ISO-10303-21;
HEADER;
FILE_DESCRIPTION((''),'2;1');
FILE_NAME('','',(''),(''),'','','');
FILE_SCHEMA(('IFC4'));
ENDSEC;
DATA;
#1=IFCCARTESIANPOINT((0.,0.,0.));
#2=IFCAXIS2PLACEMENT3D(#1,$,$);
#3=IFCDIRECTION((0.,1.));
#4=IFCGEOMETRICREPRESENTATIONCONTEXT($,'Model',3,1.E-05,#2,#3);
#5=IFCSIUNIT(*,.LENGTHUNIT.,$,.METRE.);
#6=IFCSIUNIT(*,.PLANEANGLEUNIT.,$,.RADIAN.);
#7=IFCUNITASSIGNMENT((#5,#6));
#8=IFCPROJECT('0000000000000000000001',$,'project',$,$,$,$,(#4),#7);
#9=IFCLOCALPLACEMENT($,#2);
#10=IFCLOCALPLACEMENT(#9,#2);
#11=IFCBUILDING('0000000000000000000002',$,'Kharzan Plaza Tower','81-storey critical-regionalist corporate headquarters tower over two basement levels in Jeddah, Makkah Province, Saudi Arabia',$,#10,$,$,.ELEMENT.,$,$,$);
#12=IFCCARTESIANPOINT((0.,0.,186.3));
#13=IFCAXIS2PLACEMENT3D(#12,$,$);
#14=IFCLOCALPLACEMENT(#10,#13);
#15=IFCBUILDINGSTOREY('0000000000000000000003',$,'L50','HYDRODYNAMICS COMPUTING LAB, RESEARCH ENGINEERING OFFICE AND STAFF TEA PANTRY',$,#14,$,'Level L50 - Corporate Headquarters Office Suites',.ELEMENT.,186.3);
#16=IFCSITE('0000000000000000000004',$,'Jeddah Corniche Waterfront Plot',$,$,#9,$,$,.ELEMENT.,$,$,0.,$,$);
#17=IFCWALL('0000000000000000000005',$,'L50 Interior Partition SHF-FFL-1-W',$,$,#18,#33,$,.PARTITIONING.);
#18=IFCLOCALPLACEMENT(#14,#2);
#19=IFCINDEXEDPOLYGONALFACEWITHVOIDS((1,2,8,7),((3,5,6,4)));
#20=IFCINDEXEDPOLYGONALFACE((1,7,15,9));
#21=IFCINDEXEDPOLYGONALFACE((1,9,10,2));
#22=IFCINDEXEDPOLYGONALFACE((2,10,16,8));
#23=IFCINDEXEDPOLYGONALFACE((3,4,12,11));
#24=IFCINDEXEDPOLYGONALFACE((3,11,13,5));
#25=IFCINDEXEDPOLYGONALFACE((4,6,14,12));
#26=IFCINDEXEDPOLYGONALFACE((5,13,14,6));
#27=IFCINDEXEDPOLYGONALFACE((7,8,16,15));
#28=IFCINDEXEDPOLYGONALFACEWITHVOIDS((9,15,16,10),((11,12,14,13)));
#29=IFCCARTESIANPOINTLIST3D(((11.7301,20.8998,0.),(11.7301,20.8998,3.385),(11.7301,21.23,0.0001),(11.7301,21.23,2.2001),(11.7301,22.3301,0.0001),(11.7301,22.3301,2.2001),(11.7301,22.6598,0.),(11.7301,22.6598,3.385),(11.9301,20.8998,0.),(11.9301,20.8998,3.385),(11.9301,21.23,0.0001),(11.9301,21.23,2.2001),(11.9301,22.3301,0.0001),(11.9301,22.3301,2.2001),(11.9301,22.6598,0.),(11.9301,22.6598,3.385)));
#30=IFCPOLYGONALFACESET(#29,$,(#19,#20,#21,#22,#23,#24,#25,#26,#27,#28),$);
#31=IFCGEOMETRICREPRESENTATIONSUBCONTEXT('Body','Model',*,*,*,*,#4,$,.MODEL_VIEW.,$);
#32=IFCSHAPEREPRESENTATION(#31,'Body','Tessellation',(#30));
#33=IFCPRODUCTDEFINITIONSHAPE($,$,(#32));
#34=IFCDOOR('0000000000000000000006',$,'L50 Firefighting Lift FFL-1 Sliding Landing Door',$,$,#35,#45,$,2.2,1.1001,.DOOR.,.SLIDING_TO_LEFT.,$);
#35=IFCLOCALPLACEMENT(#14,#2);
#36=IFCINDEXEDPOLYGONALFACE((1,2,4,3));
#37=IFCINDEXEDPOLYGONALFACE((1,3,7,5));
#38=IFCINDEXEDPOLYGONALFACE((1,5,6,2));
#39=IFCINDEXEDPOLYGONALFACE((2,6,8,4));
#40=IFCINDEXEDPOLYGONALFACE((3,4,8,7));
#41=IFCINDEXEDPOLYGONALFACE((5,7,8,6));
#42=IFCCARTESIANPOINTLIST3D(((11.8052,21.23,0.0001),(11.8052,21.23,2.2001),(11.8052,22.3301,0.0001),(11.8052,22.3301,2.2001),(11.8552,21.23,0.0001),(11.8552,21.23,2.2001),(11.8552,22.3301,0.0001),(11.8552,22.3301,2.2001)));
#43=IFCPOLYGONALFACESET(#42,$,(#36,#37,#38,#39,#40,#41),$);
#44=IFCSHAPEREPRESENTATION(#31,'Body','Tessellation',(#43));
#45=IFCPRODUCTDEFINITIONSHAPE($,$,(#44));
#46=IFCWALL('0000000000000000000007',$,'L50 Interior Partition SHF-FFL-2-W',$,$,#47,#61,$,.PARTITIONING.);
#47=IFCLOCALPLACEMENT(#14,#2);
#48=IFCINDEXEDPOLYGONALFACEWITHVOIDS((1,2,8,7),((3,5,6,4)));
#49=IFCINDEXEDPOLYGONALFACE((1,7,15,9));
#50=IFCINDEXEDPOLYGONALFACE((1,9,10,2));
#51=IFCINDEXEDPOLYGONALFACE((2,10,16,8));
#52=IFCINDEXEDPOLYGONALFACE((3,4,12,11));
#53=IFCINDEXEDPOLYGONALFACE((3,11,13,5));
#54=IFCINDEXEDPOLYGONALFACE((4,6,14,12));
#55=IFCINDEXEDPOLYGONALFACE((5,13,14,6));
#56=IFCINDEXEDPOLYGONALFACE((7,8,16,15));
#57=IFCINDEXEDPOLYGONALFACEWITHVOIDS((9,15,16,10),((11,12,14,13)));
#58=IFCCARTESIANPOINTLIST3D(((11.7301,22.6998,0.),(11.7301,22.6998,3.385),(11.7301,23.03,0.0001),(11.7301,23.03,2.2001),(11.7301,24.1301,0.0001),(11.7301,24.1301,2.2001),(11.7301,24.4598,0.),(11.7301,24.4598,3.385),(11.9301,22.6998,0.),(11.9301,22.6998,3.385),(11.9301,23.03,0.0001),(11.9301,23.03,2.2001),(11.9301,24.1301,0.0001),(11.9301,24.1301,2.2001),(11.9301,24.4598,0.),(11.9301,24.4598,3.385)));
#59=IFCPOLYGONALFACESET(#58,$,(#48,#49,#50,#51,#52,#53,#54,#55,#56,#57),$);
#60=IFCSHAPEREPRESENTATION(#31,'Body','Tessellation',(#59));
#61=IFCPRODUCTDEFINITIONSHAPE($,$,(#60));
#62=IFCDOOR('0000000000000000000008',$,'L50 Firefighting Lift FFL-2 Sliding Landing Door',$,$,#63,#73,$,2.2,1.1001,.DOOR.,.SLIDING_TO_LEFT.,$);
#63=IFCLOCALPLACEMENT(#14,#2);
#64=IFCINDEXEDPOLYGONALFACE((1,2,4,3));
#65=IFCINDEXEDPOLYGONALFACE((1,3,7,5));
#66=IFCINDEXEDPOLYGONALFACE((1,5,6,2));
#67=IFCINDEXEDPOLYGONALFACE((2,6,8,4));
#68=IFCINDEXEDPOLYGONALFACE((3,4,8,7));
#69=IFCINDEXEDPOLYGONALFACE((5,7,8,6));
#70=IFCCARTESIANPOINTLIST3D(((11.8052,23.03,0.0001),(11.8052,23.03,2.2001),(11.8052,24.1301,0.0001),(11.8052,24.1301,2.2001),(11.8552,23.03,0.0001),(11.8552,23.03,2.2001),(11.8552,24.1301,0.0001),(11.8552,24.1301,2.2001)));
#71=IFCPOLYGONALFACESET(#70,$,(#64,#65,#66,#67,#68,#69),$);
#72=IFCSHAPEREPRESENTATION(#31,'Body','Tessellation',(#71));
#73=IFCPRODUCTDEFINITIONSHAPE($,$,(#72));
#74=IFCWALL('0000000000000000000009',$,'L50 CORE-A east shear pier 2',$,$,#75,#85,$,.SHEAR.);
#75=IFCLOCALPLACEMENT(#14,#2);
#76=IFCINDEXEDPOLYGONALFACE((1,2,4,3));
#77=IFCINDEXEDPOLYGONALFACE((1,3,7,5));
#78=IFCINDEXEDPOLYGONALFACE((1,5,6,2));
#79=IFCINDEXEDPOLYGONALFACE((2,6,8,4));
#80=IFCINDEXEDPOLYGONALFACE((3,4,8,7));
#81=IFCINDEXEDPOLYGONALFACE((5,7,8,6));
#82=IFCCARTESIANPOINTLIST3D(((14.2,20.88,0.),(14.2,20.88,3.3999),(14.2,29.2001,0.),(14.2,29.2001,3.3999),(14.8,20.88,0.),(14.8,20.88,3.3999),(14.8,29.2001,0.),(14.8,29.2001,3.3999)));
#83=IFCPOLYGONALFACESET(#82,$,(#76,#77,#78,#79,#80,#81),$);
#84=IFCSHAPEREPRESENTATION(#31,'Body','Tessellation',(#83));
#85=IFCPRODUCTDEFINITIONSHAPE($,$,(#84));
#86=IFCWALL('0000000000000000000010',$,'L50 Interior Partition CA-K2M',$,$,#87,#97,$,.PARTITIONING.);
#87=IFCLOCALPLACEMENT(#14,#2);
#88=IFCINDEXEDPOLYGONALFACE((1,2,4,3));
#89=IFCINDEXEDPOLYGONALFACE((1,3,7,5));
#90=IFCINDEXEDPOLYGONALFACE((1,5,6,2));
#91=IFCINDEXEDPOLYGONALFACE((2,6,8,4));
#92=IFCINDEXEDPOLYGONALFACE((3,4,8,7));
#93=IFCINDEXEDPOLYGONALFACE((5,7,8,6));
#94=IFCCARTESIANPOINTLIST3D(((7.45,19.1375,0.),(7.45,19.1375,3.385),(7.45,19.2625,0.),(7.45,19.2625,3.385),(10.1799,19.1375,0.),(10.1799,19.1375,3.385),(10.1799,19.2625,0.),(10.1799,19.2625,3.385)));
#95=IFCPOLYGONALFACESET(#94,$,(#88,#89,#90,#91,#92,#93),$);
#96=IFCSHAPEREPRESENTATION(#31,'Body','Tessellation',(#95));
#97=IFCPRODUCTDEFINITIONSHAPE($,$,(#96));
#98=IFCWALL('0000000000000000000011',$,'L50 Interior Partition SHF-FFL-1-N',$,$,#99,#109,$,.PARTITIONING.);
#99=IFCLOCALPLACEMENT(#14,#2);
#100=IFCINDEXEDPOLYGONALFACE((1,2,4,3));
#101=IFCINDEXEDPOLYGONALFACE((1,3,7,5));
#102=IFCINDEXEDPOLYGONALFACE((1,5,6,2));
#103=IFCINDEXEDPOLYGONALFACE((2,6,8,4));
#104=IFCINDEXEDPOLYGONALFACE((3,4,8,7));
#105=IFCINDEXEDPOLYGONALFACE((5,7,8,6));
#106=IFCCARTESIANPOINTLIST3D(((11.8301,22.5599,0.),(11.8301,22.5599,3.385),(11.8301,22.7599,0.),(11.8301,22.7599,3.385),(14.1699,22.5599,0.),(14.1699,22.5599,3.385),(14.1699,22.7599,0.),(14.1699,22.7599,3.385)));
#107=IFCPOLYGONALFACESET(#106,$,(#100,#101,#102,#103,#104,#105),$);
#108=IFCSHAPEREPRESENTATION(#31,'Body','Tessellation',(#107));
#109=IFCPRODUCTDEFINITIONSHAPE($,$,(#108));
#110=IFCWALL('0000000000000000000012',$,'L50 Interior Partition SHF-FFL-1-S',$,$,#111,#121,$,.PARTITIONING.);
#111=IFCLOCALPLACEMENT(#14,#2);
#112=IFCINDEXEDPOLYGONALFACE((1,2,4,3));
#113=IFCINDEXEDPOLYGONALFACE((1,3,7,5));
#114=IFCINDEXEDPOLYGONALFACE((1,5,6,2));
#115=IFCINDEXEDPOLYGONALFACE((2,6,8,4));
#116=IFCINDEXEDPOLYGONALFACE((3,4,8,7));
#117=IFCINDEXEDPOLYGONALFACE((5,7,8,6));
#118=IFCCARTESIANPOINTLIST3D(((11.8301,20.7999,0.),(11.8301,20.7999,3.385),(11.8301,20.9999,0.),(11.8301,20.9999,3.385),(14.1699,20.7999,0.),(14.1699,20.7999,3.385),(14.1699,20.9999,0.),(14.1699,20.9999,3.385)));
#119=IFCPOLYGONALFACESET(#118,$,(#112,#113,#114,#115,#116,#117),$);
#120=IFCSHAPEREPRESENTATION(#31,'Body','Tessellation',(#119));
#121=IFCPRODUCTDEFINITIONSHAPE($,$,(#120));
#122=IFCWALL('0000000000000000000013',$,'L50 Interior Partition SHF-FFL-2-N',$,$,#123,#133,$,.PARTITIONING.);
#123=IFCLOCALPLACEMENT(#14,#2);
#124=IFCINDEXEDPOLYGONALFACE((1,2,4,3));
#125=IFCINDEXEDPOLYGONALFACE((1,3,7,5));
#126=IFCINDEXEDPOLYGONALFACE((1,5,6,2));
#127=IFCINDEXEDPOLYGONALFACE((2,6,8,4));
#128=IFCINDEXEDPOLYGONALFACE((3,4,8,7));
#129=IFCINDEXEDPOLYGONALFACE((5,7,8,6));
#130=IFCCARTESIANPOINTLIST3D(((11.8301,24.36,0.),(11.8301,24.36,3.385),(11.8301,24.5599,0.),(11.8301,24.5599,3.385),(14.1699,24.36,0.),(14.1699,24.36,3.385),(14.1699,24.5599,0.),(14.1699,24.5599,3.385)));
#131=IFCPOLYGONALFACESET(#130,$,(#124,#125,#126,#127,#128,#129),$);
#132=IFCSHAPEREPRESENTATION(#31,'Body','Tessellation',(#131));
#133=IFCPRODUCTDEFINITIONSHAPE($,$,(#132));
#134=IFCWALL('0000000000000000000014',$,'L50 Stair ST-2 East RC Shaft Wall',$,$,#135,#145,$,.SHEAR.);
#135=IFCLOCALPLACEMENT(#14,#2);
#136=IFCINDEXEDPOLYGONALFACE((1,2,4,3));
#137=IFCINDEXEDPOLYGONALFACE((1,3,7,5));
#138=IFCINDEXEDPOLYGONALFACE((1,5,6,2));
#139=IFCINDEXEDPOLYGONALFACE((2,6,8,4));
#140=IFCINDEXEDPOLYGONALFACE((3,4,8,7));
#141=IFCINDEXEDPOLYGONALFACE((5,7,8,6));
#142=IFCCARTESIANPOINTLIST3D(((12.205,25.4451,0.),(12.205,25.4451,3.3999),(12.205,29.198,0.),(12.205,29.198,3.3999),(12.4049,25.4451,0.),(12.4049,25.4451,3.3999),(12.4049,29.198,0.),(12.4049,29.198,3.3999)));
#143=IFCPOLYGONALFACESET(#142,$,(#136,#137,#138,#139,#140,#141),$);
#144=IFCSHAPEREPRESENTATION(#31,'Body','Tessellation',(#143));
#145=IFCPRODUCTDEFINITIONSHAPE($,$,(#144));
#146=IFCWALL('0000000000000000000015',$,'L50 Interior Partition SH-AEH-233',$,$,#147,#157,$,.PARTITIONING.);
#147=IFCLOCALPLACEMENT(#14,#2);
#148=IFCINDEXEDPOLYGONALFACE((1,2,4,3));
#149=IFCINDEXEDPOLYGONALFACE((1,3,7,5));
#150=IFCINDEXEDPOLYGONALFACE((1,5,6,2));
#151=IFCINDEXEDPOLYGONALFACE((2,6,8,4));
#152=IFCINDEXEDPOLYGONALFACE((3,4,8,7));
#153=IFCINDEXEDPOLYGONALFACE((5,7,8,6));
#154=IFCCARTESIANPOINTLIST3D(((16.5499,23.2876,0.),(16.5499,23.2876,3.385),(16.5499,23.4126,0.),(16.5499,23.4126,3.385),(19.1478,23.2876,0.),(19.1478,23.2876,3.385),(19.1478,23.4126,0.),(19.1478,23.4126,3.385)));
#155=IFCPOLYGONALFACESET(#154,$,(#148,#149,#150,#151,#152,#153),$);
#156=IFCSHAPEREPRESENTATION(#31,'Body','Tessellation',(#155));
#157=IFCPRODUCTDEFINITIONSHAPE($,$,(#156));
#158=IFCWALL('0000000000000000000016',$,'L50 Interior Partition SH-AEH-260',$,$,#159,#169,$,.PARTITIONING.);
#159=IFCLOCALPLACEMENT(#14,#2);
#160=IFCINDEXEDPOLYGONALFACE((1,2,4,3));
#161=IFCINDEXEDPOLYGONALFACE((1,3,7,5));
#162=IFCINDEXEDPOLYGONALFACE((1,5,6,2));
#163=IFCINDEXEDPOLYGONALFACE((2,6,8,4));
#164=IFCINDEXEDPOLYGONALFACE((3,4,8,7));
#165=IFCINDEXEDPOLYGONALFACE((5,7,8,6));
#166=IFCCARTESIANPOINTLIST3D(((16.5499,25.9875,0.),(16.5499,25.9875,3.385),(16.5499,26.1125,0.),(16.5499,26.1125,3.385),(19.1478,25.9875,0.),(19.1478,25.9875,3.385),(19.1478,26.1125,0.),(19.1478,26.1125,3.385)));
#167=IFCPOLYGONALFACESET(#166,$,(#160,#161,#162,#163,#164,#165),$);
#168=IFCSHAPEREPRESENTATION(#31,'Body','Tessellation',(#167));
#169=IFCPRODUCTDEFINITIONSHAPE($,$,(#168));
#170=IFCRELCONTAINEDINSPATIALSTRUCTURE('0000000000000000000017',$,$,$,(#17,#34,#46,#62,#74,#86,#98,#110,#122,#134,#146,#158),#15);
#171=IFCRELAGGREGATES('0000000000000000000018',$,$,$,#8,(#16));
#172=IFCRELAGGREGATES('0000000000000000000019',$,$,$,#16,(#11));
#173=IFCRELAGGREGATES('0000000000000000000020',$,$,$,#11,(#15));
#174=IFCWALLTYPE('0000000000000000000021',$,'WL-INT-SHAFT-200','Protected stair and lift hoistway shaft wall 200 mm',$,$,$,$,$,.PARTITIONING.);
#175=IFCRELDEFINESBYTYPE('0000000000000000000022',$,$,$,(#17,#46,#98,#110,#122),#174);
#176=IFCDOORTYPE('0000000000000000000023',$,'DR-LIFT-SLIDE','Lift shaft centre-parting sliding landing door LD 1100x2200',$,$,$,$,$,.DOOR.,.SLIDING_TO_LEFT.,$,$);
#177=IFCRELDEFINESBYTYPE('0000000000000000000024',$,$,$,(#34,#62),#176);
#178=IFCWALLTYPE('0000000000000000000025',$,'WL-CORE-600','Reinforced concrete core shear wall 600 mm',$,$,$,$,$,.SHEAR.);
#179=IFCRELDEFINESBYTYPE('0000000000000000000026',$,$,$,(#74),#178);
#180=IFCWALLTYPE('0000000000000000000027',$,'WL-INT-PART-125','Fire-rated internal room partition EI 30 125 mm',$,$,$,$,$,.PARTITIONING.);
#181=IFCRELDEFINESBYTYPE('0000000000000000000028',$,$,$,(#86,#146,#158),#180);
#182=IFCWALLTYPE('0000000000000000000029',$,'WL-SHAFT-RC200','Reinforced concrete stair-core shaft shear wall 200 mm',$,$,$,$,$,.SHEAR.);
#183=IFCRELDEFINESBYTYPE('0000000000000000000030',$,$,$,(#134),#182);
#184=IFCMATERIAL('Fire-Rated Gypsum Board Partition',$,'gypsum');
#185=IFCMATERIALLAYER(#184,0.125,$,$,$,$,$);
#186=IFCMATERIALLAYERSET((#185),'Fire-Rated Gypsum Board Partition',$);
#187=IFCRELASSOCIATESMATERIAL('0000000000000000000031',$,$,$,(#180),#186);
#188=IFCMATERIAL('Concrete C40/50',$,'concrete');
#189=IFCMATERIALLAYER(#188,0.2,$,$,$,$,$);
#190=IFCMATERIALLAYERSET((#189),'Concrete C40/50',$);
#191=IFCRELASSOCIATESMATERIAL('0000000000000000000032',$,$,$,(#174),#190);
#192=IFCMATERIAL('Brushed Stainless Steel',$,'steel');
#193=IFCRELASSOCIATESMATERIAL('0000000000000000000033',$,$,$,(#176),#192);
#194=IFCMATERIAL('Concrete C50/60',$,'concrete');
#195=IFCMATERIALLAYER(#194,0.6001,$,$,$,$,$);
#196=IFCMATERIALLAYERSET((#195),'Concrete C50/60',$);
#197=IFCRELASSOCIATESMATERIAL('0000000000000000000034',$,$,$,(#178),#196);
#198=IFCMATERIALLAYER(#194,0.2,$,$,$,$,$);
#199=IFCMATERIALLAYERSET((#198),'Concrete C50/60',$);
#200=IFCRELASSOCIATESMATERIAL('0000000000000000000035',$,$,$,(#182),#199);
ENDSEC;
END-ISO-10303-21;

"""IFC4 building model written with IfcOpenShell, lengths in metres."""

from ifc_helpers import new_model, si_unit, direction, frame, frame_2d, origin, place, context, subcontext, project, spatial, rectangle, extrude, source, transform, mapped, material, layer, layer_set, type_object, element, fill, save


model = new_model("IFC4")

# Units and contexts
model_context = context("Model", 3, precision=1e-05, world=origin(), true_north=direction((0.0, 1.0)))
body_context = subcontext(model_context, "Body", "Model", "MODEL_VIEW")
ifc_project = project(units=[si_unit("LENGTHUNIT", "METRE"), si_unit("PLANEANGLEUNIT", "RADIAN")], contexts=[model_context])

# Site, building, storey
site_placement = place(None, origin())
site = spatial("IfcSite", under=ifc_project, at=site_placement, Name="Jeddah Corniche Waterfront Plot", CompositionType="ELEMENT", RefElevation=0.0)
building_placement = place(site_placement, origin())
building = spatial("IfcBuilding", under=site, at=building_placement, Name="Kharzan Plaza Tower", Description="81-storey critical-regionalist corporate headquarters tower over two basement levels in Jeddah, Makkah Province, Saudi Arabia", CompositionType="ELEMENT")
storey_placement = place(building_placement, frame((0.0, 0.0, 186.3)))
storey = spatial("IfcBuildingStorey", under=building, at=storey_placement, Name="L50", Description="HYDRODYNAMICS COMPUTING LAB, RESEARCH ENGINEERING OFFICE AND STAFF TEA PANTRY", LongName="Level L50 - Corporate Headquarters Office Suites", CompositionType="ELEMENT", Elevation=186.3)

# Walls, openings, doors
ifc_material_1 = material(Name="Fire-Rated Gypsum Board Partition", Category="gypsum")
ifc_layer_1 = layer(ifc_material_1, 0.125)
ifc_layer_set_1 = layer_set([ifc_layer_1], Name="Fire-Rated Gypsum Board Partition")
wall_type_1 = type_object("IfcWallType", Name="WL-INT-PART-125", Description="Fire-rated internal room partition EI 30 125 mm", PredefinedType="PARTITIONING", material=ifc_layer_set_1)
ifc_material_2 = material(Name="Concrete C40/50", Category="concrete")
ifc_layer_2 = layer(ifc_material_2, 0.2)
ifc_layer_set_2 = layer_set([ifc_layer_2], Name="Concrete C40/50")
wall_type_2 = type_object("IfcWallType", Name="WL-INT-SHAFT-200", Description="Protected stair and lift hoistway shaft wall 200 mm", PredefinedType="PARTITIONING", material=ifc_layer_set_2)
wall_1_placement = place(storey_placement, frame((11.8301, 20.8999, 0.0), z_axis=(0.0, 0.0, 1.0), x_axis=(0.0, 1.0, 0.0)))
wall_1 = element("IfcWall", 1, at=wall_1_placement, inside=storey, type_object=wall_type_2, Name="L50 Interior Partition SHF-FFL-1-W", PredefinedType="PARTITIONING", context=body_context, shape_type="SweptSolid", body=[
    extrude(rectangle(XDim=1.76, YDim=0.2, at=frame_2d((0.8799, 0.0))), origin(), (0.0, 0.0, 1.0), 3.385),
])
opening_1_placement = place(wall_1_placement, frame((0.3301, 0.0, 0.0)))
opening_1 = element("IfcOpeningElement", 2, at=opening_1_placement, cuts=wall_1, PredefinedType="OPENING", context=body_context, shape_type="SweptSolid", body=[
    extrude(rectangle(XDim=1.1001, YDim=2.2, at=frame_2d((0.55, 1.1001))), frame((0.0, 0.1099, 0.0), z_axis=(0.0, -1.0, 0.0), x_axis=(1.0, 0.0, 0.0)), (0.0, 0.0, 1.0), 0.22),
])
ifc_material_3 = material(Name="Brushed Stainless Steel", Category="steel")
door_type_1 = type_object("IfcDoorType", Name="DR-LIFT-SLIDE", Description="Lift shaft centre-parting sliding landing door LD 1100x2200", OperationType="SLIDING_TO_LEFT", PredefinedType="DOOR", material=ifc_material_3)
shared_shape_1 = source(origin(), body_context, "Body", "SweptSolid", [
    extrude(rectangle(XDim=1.1001, YDim=2.2, at=frame_2d((0.55, 1.1001))), frame((0.0, 0.0249, 0.0), z_axis=(0.0, -1.0, 0.0), x_axis=(1.0, 0.0, 0.0)), (0.0, 0.0, 1.0), 0.05),
])
door_1_placement = place(opening_1_placement, origin())
door_1 = element("IfcDoor", 3, at=door_1_placement, inside=storey, type_object=door_type_1, Name="L50 Firefighting Lift FFL-1 Sliding Landing Door", OperationType="SLIDING_TO_LEFT", OverallHeight=2.2, OverallWidth=1.1001, PredefinedType="DOOR", context=body_context, shape_type="MappedRepresentation", body=[
    mapped(shared_shape_1, transform((0.0, 0.0, 0.0), x_axis=(1.0, 0.0, 0.0), y_axis=(0.0, 1.0, 0.0), z_axis=(0.0, 0.0, 1.0))),
])
fill(opening_1, door_1)
wall_2_placement = place(storey_placement, frame((11.8301, 22.7, 0.0), z_axis=(0.0, 0.0, 1.0), x_axis=(0.0, 1.0, 0.0)))
wall_2 = element("IfcWall", 4, at=wall_2_placement, inside=storey, type_object=wall_type_2, Name="L50 Interior Partition SHF-FFL-2-W", PredefinedType="PARTITIONING", context=body_context, shape_type="SweptSolid", body=[
    extrude(rectangle(XDim=1.76, YDim=0.2, at=frame_2d((0.8799, 0.0))), origin(), (0.0, 0.0, 1.0), 3.385),
])
opening_2_placement = place(wall_2_placement, frame((0.3301, 0.0, 0.0)))
opening_2 = element("IfcOpeningElement", 5, at=opening_2_placement, cuts=wall_2, PredefinedType="OPENING", context=body_context, shape_type="SweptSolid", body=[
    extrude(rectangle(XDim=1.1001, YDim=2.2, at=frame_2d((0.55, 1.1001))), frame((0.0, 0.1099, 0.0), z_axis=(0.0, -1.0, 0.0), x_axis=(1.0, 0.0, 0.0)), (0.0, 0.0, 1.0), 0.22),
])
door_2_placement = place(opening_2_placement, origin())
door_2 = element("IfcDoor", 6, at=door_2_placement, inside=storey, type_object=door_type_1, Name="L50 Firefighting Lift FFL-2 Sliding Landing Door", OperationType="SLIDING_TO_LEFT", OverallHeight=2.2, OverallWidth=1.1001, PredefinedType="DOOR", context=body_context, shape_type="MappedRepresentation", body=[
    mapped(shared_shape_1, transform((0.0, 0.0, 0.0), x_axis=(1.0, 0.0, 0.0), y_axis=(0.0, 1.0, 0.0), z_axis=(0.0, 0.0, 1.0))),
])
fill(opening_2, door_2)

# Walls
ifc_material_4 = material(Name="Concrete C50/60", Category="concrete")
ifc_layer_3 = layer(ifc_material_4, 0.6001)
ifc_layer_set_3 = layer_set([ifc_layer_3], Name="Concrete C50/60")
wall_type_3 = type_object("IfcWallType", Name="WL-CORE-600", Description="Reinforced concrete core shear wall 600 mm", PredefinedType="SHEAR", material=ifc_layer_set_3)
shared_shape_2 = source(origin(), body_context, "Body", "SweptSolid", [
    extrude(rectangle(XDim=8.3201, YDim=0.6001, at=frame_2d((4.1602, 0.0))), origin(), (0.0, 0.0, 1.0), 3.3999),
])
wall_3_placement = place(storey_placement, frame((14.5, 20.8799, 0.0), z_axis=(0.0, 0.0, 1.0), x_axis=(0.0, 1.0, 0.0)))
element("IfcWall", 7, at=wall_3_placement, inside=storey, type_object=wall_type_3, Name="L50 CORE-A east shear pier 2", PredefinedType="SHEAR", context=body_context, shape_type="MappedRepresentation", body=[
    mapped(shared_shape_2, transform((0.0, 0.0, 0.0), x_axis=(1.0, 0.0, 0.0), y_axis=(0.0, 1.0, 0.0), z_axis=(0.0, 0.0, 1.0))),
])
shared_shape_3 = source(origin(), body_context, "Body", "SweptSolid", [
    extrude(rectangle(XDim=2.73, YDim=0.125, at=frame_2d((1.365, 0.0))), origin(), (0.0, 0.0, 1.0), 3.385),
])
wall_4_placement = place(storey_placement, frame((7.45, 19.2, 0.0), z_axis=(0.0, 0.0, 1.0), x_axis=(1.0, 0.0, 0.0)))
element("IfcWall", 8, at=wall_4_placement, inside=storey, type_object=wall_type_1, Name="L50 Interior Partition CA-K2M", PredefinedType="PARTITIONING", context=body_context, shape_type="MappedRepresentation", body=[
    mapped(shared_shape_3, transform((0.0, 0.0, 0.0), x_axis=(1.0, 0.0, 0.0), y_axis=(0.0, 1.0, 0.0), z_axis=(0.0, 0.0, 1.0))),
])
shared_shape_4 = source(origin(), body_context, "Body", "SweptSolid", [
    extrude(rectangle(XDim=2.3398, YDim=0.2, at=frame_2d((1.1699, 0.0))), origin(), (0.0, 0.0, 1.0), 3.385),
])
for number, where, z_axis, x_axis, name in (
    (9, (11.8301, 22.6599, 0.0), (0.0, 0.0, 1.0), (1.0, 0.0, 0.0), "L50 Interior Partition SHF-FFL-1-N"),
    (10, (11.8301, 20.8999, 0.0), (0.0, 0.0, 1.0), (1.0, 0.0, 0.0), "L50 Interior Partition SHF-FFL-1-S"),
    (11, (11.8301, 24.46, 0.0), (0.0, 0.0, 1.0), (1.0, 0.0, 0.0), "L50 Interior Partition SHF-FFL-2-N"),
):
    element("IfcWall", number, at=place(storey_placement, frame(where, z_axis=z_axis, x_axis=x_axis)), inside=storey, type_object=wall_type_2, Name=name, PredefinedType="PARTITIONING", context=body_context, shape_type="MappedRepresentation", body=[
        mapped(shared_shape_4, transform((0.0, 0.0, 0.0), x_axis=(1.0, 0.0, 0.0), y_axis=(0.0, 1.0, 0.0), z_axis=(0.0, 0.0, 1.0))),
    ])
ifc_layer_4 = layer(ifc_material_4, 0.2)
ifc_layer_set_4 = layer_set([ifc_layer_4], Name="Concrete C50/60")
wall_type_4 = type_object("IfcWallType", Name="WL-SHAFT-RC200", Description="Reinforced concrete stair-core shaft shear wall 200 mm", PredefinedType="SHEAR", material=ifc_layer_set_4)
shared_shape_5 = source(origin(), body_context, "Body", "SweptSolid", [
    extrude(rectangle(XDim=3.7529, YDim=0.2, at=frame_2d((1.8765, 0.0))), origin(), (0.0, 0.0, 1.0), 3.3999),
])
wall_5_placement = place(storey_placement, frame((12.3049, 25.4451, 0.0), z_axis=(0.0, 0.0, 1.0), x_axis=(0.0, 1.0, 0.0)))
element("IfcWall", 12, at=wall_5_placement, inside=storey, type_object=wall_type_4, Name="L50 Stair ST-2 East RC Shaft Wall", PredefinedType="SHEAR", context=body_context, shape_type="MappedRepresentation", body=[
    mapped(shared_shape_5, transform((0.0, 0.0, 0.0), x_axis=(1.0, 0.0, 0.0), y_axis=(0.0, 1.0, 0.0), z_axis=(0.0, 0.0, 1.0))),
])
shared_shape_6 = source(origin(), body_context, "Body", "SweptSolid", [
    extrude(rectangle(XDim=2.5979, YDim=0.125, at=frame_2d((1.2988, 0.0))), origin(), (0.0, 0.0, 1.0), 3.385),
])
for number, where, z_axis, x_axis, name in (
    (13, (16.55, 23.3501, 0.0), (0.0, 0.0, 1.0), (1.0, 0.0, 0.0), "L50 Interior Partition SH-AEH-233"),
    (14, (16.55, 26.05, 0.0), (0.0, 0.0, 1.0), (1.0, 0.0, 0.0), "L50 Interior Partition SH-AEH-260"),
):
    element("IfcWall", number, at=place(storey_placement, frame(where, z_axis=z_axis, x_axis=x_axis)), inside=storey, type_object=wall_type_1, Name=name, PredefinedType="PARTITIONING", context=body_context, shape_type="MappedRepresentation", body=[
        mapped(shared_shape_6, transform((0.0, 0.0, 0.0), x_axis=(1.0, 0.0, 0.0), y_axis=(0.0, 1.0, 0.0), z_axis=(0.0, 0.0, 1.0))),
    ])

save(model, "model.ifc")
